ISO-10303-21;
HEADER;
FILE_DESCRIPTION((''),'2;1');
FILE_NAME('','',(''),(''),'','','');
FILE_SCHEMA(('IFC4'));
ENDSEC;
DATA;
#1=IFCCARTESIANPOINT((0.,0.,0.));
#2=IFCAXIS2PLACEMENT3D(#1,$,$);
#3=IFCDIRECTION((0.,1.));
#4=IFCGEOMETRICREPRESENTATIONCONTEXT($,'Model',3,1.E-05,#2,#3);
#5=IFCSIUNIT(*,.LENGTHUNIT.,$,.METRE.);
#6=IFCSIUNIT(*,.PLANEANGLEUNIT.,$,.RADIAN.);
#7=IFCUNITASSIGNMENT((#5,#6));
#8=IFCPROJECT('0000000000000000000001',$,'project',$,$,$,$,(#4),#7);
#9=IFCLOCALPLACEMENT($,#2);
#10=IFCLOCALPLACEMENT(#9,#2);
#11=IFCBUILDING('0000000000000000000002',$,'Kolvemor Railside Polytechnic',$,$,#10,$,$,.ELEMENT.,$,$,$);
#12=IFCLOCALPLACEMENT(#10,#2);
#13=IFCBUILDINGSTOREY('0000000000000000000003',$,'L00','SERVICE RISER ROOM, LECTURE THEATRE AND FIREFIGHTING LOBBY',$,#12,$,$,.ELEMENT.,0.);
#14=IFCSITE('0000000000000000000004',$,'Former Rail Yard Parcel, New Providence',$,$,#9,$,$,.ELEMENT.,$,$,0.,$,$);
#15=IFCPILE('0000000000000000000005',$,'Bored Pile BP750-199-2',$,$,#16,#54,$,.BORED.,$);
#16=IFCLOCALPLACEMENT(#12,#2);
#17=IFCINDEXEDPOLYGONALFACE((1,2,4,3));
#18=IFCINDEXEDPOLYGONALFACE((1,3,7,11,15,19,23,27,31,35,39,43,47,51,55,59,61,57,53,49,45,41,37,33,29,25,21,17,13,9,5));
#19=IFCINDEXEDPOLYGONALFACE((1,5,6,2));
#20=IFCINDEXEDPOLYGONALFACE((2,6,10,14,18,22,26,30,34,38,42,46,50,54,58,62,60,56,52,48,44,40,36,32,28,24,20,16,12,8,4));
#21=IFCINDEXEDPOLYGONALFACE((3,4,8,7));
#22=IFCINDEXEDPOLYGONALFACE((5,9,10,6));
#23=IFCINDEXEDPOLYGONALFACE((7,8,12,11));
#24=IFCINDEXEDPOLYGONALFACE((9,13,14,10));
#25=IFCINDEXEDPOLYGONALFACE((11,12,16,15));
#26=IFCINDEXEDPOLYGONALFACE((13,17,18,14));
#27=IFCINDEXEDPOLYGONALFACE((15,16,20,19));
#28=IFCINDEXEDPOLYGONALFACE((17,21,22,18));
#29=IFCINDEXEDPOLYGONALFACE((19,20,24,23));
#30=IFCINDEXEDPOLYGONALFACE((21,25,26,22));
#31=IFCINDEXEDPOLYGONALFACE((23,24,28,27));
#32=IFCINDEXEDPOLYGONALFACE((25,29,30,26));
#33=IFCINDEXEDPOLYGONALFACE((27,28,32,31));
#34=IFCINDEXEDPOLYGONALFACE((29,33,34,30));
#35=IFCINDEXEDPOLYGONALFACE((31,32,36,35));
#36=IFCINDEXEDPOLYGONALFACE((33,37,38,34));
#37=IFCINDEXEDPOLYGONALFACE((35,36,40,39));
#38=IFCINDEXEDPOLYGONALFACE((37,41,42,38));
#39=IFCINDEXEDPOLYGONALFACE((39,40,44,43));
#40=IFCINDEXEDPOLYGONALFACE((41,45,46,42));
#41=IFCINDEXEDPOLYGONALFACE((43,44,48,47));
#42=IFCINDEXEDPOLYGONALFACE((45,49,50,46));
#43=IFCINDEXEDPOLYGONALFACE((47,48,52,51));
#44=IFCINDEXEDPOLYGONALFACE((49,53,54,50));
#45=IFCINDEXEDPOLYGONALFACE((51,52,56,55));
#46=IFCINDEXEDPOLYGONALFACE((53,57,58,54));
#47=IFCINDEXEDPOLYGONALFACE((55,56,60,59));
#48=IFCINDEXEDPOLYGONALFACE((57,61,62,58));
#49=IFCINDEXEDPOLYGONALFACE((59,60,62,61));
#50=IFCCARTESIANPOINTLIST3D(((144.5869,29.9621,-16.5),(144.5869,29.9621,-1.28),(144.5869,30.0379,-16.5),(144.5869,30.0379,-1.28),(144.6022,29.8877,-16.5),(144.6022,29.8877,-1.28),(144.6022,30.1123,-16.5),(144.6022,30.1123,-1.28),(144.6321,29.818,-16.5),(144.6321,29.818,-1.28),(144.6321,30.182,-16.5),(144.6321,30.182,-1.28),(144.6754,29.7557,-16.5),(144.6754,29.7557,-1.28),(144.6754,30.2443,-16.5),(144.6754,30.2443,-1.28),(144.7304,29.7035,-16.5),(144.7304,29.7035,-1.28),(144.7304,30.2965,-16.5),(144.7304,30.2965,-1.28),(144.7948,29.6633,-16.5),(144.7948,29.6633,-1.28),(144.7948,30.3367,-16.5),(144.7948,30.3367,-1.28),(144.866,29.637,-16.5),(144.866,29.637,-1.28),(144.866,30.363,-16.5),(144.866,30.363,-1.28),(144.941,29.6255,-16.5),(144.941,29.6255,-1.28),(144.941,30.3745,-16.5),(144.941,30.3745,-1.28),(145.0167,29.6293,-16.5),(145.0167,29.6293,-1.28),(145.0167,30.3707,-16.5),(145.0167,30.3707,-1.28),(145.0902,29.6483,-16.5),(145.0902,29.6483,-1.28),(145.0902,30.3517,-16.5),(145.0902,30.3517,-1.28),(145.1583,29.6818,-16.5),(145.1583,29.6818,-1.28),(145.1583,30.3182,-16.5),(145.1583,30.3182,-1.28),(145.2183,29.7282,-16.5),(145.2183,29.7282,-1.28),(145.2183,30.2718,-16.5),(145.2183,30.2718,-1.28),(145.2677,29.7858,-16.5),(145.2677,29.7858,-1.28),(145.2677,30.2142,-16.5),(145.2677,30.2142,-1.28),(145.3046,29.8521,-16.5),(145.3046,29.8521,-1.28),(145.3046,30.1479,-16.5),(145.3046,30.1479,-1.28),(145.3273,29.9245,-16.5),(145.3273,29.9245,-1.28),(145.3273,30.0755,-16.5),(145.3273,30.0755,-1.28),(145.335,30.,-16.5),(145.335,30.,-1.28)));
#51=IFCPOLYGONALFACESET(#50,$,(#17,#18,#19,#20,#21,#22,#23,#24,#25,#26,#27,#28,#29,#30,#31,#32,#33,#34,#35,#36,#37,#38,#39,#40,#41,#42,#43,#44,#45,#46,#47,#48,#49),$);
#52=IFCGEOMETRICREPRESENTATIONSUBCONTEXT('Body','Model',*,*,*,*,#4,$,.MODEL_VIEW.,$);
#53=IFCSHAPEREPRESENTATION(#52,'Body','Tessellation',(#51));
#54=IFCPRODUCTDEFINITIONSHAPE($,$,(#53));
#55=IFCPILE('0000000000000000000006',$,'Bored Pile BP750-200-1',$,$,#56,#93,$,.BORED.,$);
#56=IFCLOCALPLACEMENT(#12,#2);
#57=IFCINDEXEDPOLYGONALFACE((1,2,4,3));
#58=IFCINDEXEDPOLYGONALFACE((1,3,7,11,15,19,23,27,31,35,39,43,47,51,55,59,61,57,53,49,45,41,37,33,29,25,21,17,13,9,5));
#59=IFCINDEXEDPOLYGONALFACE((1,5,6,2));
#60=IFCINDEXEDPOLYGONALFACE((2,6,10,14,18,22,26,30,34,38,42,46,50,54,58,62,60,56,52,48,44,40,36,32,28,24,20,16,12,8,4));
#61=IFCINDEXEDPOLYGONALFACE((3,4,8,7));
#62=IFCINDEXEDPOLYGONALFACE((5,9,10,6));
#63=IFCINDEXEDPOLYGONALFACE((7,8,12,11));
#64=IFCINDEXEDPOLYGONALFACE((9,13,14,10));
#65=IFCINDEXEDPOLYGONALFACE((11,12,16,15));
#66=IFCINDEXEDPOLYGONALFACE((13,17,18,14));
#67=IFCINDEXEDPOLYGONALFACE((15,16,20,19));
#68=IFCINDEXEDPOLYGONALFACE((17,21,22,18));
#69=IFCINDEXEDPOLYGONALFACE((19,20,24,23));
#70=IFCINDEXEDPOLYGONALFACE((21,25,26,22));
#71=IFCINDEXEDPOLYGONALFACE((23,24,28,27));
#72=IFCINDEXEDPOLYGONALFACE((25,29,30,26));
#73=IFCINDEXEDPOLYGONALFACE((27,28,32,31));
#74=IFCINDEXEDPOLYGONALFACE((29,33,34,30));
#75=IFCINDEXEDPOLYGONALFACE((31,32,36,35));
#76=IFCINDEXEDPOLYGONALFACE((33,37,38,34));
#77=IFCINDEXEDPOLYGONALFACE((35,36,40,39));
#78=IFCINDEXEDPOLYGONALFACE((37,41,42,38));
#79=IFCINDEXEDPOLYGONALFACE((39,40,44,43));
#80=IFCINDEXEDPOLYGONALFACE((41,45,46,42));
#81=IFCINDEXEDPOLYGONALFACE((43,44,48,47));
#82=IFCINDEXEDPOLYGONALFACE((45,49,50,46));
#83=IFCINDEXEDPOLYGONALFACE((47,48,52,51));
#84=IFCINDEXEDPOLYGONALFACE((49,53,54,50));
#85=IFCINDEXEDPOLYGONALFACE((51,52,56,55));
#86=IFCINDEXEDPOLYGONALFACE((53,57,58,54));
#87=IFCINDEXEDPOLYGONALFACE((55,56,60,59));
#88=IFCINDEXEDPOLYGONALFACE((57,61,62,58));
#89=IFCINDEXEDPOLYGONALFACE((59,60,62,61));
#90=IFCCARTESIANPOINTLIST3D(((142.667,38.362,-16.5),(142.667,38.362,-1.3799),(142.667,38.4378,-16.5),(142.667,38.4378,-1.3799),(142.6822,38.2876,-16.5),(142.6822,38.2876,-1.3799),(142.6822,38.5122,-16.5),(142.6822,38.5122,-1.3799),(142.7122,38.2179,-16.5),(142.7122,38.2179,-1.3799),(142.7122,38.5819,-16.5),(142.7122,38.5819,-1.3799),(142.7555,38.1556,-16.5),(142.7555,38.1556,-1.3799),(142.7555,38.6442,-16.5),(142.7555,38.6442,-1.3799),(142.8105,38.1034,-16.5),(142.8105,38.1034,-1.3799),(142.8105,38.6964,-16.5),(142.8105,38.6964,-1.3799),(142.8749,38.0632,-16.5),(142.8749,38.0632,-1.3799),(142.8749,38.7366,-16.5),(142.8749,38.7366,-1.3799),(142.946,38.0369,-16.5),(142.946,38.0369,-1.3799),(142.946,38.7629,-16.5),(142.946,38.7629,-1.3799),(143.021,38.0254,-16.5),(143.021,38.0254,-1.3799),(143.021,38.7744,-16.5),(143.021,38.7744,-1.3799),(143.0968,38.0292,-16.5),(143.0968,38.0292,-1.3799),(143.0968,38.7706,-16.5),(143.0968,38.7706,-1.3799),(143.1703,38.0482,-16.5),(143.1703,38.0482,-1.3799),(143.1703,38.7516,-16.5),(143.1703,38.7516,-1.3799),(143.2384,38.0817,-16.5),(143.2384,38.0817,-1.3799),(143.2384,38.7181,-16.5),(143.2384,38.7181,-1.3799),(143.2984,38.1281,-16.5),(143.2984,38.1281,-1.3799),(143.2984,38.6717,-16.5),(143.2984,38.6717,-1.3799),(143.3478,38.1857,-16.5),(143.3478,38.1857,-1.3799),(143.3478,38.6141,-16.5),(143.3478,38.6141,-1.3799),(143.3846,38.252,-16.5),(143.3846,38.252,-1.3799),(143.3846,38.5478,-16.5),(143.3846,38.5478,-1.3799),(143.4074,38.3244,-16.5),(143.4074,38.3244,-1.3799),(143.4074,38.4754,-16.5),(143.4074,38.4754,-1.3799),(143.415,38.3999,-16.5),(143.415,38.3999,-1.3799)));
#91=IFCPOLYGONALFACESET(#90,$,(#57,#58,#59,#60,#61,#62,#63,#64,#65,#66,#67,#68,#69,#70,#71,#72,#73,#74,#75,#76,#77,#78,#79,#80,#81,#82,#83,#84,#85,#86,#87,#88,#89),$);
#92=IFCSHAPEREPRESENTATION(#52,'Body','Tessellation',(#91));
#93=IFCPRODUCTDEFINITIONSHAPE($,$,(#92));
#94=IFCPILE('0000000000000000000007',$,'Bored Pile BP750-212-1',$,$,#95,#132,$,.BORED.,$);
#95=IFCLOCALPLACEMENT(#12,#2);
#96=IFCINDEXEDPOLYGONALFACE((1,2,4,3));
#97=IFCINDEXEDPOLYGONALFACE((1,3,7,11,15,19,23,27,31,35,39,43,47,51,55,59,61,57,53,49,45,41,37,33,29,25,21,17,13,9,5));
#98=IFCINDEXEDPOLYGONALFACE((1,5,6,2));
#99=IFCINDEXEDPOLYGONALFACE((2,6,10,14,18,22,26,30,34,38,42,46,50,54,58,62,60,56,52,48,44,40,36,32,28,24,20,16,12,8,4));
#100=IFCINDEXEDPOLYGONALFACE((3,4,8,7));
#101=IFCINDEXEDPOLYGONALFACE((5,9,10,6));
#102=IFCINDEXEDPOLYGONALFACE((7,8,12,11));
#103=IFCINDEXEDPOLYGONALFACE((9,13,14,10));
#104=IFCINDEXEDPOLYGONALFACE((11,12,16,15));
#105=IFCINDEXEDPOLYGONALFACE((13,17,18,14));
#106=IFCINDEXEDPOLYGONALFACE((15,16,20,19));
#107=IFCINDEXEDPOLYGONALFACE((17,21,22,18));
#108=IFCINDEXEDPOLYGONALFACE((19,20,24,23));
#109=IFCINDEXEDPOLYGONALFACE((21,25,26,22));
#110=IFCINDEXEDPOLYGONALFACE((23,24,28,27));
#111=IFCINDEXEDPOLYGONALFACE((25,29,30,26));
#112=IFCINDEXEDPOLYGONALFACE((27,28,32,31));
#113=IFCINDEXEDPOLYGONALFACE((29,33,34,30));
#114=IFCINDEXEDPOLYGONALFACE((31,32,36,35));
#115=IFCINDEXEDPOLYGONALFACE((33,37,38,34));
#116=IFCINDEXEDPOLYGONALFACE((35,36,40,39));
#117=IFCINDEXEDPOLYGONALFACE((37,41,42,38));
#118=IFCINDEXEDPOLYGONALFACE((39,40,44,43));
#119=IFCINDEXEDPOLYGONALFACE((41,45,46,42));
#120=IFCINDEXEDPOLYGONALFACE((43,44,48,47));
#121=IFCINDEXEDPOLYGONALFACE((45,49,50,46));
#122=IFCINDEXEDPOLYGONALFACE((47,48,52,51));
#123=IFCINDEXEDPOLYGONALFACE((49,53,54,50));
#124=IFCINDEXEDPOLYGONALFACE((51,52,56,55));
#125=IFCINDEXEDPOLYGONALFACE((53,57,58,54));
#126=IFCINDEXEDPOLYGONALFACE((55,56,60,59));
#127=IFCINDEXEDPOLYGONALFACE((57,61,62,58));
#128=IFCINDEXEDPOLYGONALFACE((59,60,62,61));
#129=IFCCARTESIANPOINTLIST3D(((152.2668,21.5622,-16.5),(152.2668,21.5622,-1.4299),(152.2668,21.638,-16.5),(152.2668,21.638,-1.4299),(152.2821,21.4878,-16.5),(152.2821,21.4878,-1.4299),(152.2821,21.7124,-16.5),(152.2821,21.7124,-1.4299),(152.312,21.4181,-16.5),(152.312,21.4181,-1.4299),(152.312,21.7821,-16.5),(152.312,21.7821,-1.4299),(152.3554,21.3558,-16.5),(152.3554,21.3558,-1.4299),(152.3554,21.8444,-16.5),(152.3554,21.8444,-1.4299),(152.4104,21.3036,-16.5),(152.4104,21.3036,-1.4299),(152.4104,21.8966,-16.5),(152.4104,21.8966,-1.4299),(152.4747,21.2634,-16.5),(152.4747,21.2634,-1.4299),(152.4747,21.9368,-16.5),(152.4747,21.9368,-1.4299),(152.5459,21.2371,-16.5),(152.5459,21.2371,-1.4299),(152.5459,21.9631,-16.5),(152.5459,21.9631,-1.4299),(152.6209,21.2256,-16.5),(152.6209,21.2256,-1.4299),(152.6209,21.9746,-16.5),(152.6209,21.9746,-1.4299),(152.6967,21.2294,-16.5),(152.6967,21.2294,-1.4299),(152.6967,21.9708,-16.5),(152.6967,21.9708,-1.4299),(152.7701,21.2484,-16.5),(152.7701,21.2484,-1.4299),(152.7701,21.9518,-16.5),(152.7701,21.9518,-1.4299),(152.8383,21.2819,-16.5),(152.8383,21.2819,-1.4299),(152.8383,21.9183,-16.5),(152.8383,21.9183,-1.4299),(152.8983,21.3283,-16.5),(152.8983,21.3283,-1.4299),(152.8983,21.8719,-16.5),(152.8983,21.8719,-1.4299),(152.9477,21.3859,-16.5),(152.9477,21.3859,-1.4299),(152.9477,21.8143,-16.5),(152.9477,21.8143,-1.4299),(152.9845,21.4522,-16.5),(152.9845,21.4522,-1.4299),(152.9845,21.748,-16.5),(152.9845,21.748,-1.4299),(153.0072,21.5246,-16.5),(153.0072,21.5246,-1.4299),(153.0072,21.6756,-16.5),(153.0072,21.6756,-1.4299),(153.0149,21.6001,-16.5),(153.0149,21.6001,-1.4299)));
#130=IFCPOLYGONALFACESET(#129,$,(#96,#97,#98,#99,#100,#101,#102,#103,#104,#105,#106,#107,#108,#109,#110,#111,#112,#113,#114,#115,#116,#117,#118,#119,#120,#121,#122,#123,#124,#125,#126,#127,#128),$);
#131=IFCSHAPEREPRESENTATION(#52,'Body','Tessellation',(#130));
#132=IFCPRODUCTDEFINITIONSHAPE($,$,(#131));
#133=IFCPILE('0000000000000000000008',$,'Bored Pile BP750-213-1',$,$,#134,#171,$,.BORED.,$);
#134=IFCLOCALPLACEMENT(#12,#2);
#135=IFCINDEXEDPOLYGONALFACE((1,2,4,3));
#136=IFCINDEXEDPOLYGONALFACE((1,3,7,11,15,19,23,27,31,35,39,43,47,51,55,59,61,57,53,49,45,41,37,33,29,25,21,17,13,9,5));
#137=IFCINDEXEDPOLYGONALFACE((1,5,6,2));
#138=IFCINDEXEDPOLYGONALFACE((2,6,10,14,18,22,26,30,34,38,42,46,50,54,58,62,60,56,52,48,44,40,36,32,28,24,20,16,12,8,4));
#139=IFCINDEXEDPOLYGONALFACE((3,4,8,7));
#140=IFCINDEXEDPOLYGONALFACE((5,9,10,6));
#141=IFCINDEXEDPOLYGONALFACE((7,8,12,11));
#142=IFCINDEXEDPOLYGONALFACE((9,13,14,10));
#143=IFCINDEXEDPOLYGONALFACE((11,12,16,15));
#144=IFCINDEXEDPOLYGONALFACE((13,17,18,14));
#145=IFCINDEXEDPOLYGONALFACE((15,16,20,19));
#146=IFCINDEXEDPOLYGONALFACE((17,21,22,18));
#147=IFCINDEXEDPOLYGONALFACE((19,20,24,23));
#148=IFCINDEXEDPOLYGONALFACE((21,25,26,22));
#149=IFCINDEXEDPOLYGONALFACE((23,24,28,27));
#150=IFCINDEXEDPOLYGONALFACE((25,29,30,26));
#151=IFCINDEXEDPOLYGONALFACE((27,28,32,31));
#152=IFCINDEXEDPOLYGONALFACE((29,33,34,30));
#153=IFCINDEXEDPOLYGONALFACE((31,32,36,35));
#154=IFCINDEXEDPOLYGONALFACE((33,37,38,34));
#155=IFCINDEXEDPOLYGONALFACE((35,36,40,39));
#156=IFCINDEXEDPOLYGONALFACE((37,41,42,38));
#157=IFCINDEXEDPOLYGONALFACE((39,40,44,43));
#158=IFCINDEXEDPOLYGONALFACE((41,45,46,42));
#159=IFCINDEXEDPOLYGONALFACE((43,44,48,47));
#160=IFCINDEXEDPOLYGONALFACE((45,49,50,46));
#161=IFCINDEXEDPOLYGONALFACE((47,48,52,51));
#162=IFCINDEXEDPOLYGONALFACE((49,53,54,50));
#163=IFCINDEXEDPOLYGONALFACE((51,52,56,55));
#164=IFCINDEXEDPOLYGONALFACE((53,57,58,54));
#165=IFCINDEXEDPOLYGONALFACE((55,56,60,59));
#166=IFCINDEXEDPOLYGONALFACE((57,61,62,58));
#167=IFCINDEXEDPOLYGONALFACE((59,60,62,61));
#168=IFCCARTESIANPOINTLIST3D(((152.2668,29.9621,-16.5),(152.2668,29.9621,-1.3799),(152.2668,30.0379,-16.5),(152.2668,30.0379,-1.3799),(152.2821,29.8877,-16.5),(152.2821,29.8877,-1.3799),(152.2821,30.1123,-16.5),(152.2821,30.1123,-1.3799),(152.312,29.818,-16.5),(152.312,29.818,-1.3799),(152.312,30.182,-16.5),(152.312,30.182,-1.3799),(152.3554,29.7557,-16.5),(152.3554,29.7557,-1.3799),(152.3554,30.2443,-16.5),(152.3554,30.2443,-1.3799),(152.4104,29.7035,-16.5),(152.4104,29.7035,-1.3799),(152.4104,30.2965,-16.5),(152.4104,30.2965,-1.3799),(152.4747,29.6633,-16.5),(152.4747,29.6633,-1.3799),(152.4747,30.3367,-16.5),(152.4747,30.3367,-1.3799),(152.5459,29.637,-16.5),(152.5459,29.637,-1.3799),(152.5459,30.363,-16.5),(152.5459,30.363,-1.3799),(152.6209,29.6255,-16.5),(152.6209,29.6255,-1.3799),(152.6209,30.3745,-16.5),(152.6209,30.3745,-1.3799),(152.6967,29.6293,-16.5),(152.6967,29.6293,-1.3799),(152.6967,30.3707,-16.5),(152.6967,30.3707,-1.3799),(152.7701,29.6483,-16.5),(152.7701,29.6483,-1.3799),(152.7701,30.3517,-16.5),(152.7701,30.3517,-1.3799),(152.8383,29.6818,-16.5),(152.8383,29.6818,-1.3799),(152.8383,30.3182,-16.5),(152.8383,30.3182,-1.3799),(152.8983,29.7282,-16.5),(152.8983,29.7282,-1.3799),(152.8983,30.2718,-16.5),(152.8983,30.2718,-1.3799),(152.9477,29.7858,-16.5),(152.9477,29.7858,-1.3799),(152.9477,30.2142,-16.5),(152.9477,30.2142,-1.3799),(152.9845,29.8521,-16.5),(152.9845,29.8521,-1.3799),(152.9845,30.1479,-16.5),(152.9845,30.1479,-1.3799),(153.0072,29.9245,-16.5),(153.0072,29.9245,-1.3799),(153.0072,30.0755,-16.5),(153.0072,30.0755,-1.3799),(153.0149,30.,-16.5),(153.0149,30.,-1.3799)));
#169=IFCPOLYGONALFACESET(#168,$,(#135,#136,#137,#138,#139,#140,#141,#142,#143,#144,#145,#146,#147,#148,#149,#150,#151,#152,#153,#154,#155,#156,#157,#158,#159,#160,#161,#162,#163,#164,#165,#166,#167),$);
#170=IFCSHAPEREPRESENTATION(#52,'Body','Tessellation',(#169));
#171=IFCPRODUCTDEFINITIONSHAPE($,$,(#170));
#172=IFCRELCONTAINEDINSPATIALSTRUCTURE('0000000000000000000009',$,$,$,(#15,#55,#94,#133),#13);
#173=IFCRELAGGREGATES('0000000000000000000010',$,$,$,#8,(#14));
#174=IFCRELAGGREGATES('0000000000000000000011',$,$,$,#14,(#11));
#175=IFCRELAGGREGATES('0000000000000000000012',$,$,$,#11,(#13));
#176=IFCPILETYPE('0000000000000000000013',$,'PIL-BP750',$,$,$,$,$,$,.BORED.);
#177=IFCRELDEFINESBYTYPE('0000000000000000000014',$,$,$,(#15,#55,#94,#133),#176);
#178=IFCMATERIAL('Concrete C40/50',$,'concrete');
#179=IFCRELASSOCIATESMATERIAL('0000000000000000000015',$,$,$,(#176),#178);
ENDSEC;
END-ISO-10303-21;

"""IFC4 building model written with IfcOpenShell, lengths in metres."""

from ifc_helpers import new_model, si_unit, direction, frame, origin, origin_2d, place, context, subcontext, project, spatial, circle, extrude, material, material_profile, profile_set, type_object, element, save


model = new_model("IFC4")

# Units and contexts
model_context = context("Model", 3, precision=1e-05, world=origin(), true_north=direction((0.0, 1.0)))
body_context = subcontext(model_context, "Body", "Model", "MODEL_VIEW")
ifc_project = project(units=[si_unit("LENGTHUNIT", "METRE"), si_unit("PLANEANGLEUNIT", "RADIAN")], contexts=[model_context])

# Site, building, storey
site_placement = place(None, origin())
site = spatial("IfcSite", under=ifc_project, at=site_placement, Name="Former Rail Yard Parcel, New Providence", CompositionType="ELEMENT", RefElevation=0.0)
building_placement = place(site_placement, origin())
building = spatial("IfcBuilding", under=site, at=building_placement, Name="Kolvemor Railside Polytechnic", CompositionType="ELEMENT")
storey_placement = place(building_placement, origin())
storey = spatial("IfcBuildingStorey", under=building, at=storey_placement, Name="L00", Description="SERVICE RISER ROOM, LECTURE THEATRE AND FIREFIGHTING LOBBY", CompositionType="ELEMENT", Elevation=0.0)

# Piles
ifc_material_1 = material(Name="Concrete C40/50", Category="concrete")
ifc_material_profile_1 = material_profile(ifc_material_1, circle(Radius=0.375, at=origin_2d()), Name="BP750")
ifc_profile_set_1 = profile_set([ifc_material_profile_1], Name="Concrete C40/50")
pile_type_1 = type_object("IfcPileType", Name="PIL-BP750", PredefinedType="BORED", material=ifc_profile_set_1)
for number, where, z_axis, x_axis, name in (
    (1, (144.96, 30.0, -1.28), (0.0, 0.0, -1.0), (1.0, 0.0, 0.0), "Bored Pile BP750-199-2"),
):
    element("IfcPile", number, at=place(storey_placement, frame(where, z_axis=z_axis, x_axis=x_axis)), inside=storey, type_object=pile_type_1, Name=name, PredefinedType="BORED", context=body_context, shape_type="SweptSolid", body=[
        extrude(circle(Radius=0.375, at=origin_2d()), origin(), (0.0, 0.0, 1.0), 15.22),
    ])
pile_1_placement = place(storey_placement, frame((143.04, 38.3999, -1.3799), z_axis=(0.0, 0.0, -1.0), x_axis=(1.0, 0.0, 0.0)))
element("IfcPile", 2, at=pile_1_placement, inside=storey, type_object=pile_type_1, Name="Bored Pile BP750-200-1", PredefinedType="BORED", context=body_context, shape_type="SweptSolid", body=[
    extrude(circle(Radius=0.375, at=origin_2d()), origin(), (0.0, 0.0, 1.0), 15.1201),
])
pile_2_placement = place(storey_placement, frame((152.6399, 21.6001, -1.4299), z_axis=(0.0, 0.0, -1.0), x_axis=(1.0, 0.0, 0.0)))
element("IfcPile", 3, at=pile_2_placement, inside=storey, type_object=pile_type_1, Name="Bored Pile BP750-212-1", PredefinedType="BORED", context=body_context, shape_type="SweptSolid", body=[
    extrude(circle(Radius=0.375, at=origin_2d()), origin(), (0.0, 0.0, 1.0), 15.0701),
])
pile_3_placement = place(storey_placement, frame((152.6399, 30.0, -1.3799), z_axis=(0.0, 0.0, -1.0), x_axis=(1.0, 0.0, 0.0)))
element("IfcPile", 4, at=pile_3_placement, inside=storey, type_object=pile_type_1, Name="Bored Pile BP750-213-1", PredefinedType="BORED", context=body_context, shape_type="SweptSolid", body=[
    extrude(circle(Radius=0.375, at=origin_2d()), origin(), (0.0, 0.0, 1.0), 15.1201),
])

save(model, "model.ifc")
